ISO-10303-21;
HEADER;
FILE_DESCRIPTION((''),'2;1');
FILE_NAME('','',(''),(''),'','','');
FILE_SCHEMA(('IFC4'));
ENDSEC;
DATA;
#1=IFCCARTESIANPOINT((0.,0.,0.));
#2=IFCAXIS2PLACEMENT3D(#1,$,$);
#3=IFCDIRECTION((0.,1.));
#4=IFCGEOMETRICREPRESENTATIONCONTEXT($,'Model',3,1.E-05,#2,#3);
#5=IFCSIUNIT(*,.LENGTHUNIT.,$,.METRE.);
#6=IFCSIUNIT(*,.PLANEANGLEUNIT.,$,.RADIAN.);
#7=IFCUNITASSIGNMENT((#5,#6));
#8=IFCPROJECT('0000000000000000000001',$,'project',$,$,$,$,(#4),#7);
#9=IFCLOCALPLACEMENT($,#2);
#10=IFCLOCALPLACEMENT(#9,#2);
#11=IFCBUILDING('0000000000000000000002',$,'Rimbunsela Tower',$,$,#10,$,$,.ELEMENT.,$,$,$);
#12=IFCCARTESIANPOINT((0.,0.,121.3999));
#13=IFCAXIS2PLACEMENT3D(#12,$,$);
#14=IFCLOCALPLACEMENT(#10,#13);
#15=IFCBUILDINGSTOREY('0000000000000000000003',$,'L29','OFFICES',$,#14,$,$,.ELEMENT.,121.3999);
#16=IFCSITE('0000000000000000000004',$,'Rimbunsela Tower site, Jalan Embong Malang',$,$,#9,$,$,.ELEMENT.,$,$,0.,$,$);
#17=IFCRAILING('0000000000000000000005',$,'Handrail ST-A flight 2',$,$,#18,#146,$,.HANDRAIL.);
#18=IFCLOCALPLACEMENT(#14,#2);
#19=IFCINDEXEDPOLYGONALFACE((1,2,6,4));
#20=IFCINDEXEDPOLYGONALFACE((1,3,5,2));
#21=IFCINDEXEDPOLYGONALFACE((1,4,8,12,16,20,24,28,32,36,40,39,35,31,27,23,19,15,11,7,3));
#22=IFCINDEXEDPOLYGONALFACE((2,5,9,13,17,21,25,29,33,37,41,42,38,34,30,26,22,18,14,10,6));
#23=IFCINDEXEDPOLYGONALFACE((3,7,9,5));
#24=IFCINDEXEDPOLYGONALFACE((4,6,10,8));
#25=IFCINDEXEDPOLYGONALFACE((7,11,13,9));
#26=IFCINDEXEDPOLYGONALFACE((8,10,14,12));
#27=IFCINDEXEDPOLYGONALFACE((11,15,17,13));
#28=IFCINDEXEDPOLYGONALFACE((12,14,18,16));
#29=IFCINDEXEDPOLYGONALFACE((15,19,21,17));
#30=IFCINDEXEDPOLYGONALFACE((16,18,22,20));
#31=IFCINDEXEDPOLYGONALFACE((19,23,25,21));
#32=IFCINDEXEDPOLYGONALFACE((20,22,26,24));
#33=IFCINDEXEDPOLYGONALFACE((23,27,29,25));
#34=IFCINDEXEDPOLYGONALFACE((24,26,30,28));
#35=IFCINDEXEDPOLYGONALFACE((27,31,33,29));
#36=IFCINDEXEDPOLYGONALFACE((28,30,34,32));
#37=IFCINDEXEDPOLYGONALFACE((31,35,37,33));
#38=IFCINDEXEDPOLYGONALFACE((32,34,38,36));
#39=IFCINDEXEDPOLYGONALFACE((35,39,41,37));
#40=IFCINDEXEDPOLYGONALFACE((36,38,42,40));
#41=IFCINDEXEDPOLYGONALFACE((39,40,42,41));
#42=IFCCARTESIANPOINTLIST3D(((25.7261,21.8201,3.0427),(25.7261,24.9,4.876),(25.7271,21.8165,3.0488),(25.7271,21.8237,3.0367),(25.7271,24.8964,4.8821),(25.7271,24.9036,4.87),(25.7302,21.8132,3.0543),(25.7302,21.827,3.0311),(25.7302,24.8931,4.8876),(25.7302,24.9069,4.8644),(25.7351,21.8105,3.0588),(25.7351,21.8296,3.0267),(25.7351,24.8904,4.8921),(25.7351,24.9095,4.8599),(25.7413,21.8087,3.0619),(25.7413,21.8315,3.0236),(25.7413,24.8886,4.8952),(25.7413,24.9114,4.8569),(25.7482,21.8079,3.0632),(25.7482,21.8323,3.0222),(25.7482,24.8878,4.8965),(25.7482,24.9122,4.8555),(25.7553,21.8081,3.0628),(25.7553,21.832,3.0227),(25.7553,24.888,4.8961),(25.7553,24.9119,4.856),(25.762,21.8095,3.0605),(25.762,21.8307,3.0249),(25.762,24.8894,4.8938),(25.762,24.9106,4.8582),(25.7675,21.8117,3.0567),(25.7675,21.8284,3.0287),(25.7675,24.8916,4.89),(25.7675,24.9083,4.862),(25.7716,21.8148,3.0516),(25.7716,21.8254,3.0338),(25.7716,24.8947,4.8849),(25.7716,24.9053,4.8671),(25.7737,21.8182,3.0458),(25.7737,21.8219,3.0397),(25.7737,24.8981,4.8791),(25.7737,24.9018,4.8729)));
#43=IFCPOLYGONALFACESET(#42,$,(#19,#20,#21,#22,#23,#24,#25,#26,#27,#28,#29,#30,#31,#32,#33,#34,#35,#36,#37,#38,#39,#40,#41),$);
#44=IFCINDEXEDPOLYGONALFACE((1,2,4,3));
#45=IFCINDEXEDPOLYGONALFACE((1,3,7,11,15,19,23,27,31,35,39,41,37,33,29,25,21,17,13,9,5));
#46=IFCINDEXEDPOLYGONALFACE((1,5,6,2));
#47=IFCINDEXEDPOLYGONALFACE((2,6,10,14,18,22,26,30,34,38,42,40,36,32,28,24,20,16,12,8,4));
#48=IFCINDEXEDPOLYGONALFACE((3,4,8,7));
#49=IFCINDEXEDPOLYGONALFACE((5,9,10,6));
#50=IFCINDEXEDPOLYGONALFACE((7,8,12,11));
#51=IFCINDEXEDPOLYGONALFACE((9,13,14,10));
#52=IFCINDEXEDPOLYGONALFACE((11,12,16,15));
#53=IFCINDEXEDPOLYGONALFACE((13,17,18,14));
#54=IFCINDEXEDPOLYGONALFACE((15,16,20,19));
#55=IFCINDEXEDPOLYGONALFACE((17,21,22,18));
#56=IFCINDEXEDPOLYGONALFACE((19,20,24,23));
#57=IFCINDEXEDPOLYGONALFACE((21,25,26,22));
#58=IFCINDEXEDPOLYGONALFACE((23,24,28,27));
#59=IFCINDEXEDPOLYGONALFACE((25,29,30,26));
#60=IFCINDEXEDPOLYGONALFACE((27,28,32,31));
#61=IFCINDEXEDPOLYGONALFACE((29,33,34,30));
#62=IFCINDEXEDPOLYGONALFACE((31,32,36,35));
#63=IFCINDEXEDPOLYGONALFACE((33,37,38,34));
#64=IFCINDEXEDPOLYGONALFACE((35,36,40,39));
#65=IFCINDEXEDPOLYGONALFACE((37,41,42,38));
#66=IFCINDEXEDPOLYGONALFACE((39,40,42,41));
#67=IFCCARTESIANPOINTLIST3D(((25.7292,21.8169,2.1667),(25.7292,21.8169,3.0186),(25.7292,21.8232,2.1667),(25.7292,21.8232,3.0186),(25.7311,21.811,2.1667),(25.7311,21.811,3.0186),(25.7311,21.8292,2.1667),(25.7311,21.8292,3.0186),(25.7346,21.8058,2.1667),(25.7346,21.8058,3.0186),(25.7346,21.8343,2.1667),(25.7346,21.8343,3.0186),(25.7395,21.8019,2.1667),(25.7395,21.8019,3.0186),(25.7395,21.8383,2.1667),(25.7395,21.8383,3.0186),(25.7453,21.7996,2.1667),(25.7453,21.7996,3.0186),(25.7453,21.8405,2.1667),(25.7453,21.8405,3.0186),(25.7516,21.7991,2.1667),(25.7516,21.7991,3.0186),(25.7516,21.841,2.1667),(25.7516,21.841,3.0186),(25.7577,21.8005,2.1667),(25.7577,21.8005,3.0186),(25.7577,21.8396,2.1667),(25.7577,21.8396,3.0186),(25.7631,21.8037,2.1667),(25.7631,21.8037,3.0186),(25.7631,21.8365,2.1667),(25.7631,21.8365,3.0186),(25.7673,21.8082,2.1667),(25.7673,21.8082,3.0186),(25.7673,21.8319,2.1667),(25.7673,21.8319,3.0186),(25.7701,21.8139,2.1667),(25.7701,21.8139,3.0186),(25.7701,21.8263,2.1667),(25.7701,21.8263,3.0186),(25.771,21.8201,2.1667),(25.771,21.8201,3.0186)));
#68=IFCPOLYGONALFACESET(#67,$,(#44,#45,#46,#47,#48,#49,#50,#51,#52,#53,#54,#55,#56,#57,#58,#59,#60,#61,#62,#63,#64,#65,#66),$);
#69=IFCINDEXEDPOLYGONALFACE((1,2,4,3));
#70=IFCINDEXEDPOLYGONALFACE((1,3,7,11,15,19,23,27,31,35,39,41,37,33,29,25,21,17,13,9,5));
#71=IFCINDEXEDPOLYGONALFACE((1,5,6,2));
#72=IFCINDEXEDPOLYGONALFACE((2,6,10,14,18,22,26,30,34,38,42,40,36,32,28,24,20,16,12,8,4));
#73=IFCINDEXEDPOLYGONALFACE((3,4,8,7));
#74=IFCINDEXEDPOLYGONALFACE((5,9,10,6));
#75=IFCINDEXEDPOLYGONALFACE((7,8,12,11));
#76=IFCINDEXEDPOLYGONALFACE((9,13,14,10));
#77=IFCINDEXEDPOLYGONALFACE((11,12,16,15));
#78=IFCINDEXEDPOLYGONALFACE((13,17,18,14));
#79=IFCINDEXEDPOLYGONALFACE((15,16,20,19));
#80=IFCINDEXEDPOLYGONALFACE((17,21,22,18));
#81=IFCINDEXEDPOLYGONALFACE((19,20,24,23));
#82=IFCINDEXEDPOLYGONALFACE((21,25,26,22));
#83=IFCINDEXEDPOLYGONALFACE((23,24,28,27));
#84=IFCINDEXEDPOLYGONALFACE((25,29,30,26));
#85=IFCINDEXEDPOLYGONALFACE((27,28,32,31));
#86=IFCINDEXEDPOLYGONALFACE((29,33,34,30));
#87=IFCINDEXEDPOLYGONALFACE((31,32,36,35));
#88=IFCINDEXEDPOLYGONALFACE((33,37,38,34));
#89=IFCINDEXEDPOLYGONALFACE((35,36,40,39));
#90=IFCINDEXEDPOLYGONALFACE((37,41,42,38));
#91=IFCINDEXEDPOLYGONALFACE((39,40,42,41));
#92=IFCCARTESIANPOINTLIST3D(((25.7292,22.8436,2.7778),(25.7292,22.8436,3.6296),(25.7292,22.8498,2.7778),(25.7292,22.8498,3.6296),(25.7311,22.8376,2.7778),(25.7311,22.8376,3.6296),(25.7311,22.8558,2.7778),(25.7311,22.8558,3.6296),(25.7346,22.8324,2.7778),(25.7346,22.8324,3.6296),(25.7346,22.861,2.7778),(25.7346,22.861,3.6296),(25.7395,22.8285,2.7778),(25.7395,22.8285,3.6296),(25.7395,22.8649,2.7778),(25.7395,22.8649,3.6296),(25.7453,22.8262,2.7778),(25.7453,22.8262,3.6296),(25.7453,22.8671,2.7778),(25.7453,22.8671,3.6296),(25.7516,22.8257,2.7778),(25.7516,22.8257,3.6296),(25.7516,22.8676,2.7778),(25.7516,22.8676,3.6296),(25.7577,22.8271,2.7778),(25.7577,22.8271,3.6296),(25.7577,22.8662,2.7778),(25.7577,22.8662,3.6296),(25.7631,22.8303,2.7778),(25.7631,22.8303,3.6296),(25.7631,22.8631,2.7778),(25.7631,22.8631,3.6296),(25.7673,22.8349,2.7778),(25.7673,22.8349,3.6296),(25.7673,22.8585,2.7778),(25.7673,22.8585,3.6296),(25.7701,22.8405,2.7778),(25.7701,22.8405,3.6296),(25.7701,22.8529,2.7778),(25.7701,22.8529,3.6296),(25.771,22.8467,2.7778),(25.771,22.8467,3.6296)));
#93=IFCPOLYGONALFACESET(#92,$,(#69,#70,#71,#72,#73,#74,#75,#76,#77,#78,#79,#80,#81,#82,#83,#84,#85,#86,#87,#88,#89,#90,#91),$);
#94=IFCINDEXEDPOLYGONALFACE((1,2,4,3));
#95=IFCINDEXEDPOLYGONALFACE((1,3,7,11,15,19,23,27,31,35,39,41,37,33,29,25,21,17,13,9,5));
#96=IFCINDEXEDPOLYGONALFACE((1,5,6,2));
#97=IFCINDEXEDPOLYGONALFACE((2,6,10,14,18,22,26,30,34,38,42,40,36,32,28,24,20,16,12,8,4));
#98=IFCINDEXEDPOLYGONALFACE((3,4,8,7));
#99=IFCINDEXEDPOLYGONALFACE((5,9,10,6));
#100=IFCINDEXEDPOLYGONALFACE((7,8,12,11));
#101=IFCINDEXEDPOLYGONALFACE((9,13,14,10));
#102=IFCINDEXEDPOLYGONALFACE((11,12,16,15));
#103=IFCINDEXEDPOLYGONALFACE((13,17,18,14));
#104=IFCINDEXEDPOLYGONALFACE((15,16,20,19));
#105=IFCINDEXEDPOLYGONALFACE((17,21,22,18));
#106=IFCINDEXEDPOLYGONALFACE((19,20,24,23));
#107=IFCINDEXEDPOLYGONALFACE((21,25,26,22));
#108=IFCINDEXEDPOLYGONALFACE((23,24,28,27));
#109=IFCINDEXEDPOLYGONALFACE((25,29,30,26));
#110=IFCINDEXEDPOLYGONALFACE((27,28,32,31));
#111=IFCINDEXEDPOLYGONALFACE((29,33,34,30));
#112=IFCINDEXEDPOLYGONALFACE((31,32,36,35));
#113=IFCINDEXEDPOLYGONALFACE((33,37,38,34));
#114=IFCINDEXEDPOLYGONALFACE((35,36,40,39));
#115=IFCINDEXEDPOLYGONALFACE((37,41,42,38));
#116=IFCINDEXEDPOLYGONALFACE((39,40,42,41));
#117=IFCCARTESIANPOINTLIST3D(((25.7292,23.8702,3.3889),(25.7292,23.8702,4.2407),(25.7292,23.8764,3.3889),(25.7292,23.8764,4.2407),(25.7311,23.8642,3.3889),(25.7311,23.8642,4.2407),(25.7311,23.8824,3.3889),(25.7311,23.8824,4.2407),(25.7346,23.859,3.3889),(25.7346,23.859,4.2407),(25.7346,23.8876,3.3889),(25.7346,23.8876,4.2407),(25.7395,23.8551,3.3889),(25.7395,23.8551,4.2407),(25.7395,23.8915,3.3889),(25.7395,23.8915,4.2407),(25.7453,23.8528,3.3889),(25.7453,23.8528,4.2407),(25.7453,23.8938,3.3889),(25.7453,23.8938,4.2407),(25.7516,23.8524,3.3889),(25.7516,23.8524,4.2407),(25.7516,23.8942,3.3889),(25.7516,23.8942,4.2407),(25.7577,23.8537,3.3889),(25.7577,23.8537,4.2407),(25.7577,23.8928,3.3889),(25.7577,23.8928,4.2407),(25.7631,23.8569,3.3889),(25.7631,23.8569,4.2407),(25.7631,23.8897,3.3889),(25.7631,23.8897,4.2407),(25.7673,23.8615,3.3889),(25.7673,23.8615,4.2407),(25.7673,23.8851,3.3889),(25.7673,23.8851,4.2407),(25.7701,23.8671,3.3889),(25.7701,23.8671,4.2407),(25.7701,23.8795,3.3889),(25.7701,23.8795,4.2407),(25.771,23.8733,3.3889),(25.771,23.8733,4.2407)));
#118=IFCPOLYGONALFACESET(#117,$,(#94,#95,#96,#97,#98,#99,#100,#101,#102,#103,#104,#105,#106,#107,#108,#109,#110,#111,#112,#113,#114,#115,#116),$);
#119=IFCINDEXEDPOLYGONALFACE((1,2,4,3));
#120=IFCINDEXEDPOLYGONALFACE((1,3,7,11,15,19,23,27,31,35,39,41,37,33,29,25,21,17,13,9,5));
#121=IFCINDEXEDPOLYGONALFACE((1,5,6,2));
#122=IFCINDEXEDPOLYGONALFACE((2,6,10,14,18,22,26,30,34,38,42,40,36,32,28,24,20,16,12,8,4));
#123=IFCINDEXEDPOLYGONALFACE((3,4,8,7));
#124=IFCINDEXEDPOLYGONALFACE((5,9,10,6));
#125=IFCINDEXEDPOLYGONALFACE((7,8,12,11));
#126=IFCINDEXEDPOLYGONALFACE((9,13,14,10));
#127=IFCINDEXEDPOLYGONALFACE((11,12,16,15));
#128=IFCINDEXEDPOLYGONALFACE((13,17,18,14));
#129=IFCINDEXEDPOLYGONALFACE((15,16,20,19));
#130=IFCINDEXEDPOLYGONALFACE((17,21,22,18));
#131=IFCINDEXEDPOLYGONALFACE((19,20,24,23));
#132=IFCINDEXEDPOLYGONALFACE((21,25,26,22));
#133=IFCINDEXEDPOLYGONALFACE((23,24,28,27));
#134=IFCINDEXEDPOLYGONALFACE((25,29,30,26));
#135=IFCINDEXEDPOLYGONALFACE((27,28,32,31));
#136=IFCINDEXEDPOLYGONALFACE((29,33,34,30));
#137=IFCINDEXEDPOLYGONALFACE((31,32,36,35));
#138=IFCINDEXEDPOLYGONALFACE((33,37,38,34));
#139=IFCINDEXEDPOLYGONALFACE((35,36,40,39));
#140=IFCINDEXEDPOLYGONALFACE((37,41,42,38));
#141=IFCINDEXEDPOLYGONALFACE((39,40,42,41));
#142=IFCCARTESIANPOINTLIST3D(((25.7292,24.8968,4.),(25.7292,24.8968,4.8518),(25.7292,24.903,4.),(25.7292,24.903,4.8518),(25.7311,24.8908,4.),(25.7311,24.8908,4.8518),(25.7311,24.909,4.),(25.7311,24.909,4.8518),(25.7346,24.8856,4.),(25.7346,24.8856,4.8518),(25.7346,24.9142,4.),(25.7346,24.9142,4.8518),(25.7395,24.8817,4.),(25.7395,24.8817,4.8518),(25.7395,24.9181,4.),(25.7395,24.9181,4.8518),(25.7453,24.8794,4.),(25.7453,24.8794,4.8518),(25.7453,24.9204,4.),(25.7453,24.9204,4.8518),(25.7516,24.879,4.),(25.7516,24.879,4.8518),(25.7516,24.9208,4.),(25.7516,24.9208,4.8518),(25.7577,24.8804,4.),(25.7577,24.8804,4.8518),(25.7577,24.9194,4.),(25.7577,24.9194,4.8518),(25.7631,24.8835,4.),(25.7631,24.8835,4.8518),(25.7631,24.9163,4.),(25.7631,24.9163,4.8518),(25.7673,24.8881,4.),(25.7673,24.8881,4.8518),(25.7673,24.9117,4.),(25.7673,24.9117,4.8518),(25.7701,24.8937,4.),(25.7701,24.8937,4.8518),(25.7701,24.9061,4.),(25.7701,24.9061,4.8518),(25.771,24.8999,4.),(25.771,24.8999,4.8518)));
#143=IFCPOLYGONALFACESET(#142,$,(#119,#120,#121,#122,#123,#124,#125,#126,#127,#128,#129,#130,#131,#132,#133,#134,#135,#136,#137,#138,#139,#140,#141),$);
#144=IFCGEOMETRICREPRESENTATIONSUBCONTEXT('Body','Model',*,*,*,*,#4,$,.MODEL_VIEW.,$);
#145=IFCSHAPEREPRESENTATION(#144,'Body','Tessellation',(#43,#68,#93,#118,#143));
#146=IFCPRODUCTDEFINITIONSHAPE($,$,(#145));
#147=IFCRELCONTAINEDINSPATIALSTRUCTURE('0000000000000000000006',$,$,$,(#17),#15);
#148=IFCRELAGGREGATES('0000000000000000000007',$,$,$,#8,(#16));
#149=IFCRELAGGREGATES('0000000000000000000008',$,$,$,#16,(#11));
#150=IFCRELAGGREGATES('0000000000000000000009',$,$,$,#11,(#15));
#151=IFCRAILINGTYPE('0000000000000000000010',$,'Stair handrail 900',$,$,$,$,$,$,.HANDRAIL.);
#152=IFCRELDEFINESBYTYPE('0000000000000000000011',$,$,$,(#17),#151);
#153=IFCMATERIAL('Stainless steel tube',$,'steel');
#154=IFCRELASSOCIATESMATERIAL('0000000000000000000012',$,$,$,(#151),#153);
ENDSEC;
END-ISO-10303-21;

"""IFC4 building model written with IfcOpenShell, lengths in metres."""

from ifc_helpers import new_model, si_unit, direction, frame, origin, origin_2d, place, context, subcontext, project, spatial, circle, extrude, material, type_object, element, save


model = new_model("IFC4")

# Units and contexts
model_context = context("Model", 3, precision=1e-05, world=origin(), true_north=direction((0.0, 1.0)))
body_context = subcontext(model_context, "Body", "Model", "MODEL_VIEW")
ifc_project = project(units=[si_unit("LENGTHUNIT", "METRE"), si_unit("PLANEANGLEUNIT", "RADIAN")], contexts=[model_context])

# Site, building, storey
site_placement = place(None, origin())
site = spatial("IfcSite", under=ifc_project, at=site_placement, Name="Rimbunsela Tower site, Jalan Embong Malang", CompositionType="ELEMENT", RefElevation=0.0)
building_placement = place(site_placement, origin())
building = spatial("IfcBuilding", under=site, at=building_placement, Name="Rimbunsela Tower", CompositionType="ELEMENT")
storey_placement = place(building_placement, frame((0.0, 0.0, 121.3999)))
storey = spatial("IfcBuildingStorey", under=building, at=storey_placement, Name="L29", Description="OFFICES", CompositionType="ELEMENT", Elevation=121.3999)

# Railing
ifc_material_1 = material(Name="Stainless steel tube", Category="steel")
railing_type = type_object("IfcRailingType", Name="Stair handrail 900", PredefinedType="HANDRAIL", material=ifc_material_1)
railing_1_placement = place(storey_placement, frame((25.75, 21.8201, 2.1667)))
element("IfcRailing", 1, at=railing_1_placement, inside=storey, type_object=railing_type, Name="Handrail ST-A flight 2", PredefinedType="HANDRAIL", context=body_context, shape_type="SweptSolid", body=[
    extrude(circle(Radius=0.0239, at=origin_2d()), frame((0.0, 0.0, 0.876), z_axis=(0.0, 0.859291, 0.511487), x_axis=(-1.0, 0.0, 0.0)), (0.0, 0.0, 1.0), 3.5842),
    extrude(circle(Radius=0.021, at=origin_2d()), origin(), (0.0, 0.0, 1.0), 0.8518),
    extrude(circle(Radius=0.021, at=origin_2d()), frame((0.0, 1.0266, 0.6111)), (0.0, 0.0, 1.0), 0.8518),
    extrude(circle(Radius=0.021, at=origin_2d()), frame((0.0, 2.0532, 1.2222)), (0.0, 0.0, 1.0), 0.8518),
    extrude(circle(Radius=0.021, at=origin_2d()), frame((0.0, 3.0798, 1.8333)), (0.0, 0.0, 1.0), 0.8518),
])

save(model, "model.ifc")
